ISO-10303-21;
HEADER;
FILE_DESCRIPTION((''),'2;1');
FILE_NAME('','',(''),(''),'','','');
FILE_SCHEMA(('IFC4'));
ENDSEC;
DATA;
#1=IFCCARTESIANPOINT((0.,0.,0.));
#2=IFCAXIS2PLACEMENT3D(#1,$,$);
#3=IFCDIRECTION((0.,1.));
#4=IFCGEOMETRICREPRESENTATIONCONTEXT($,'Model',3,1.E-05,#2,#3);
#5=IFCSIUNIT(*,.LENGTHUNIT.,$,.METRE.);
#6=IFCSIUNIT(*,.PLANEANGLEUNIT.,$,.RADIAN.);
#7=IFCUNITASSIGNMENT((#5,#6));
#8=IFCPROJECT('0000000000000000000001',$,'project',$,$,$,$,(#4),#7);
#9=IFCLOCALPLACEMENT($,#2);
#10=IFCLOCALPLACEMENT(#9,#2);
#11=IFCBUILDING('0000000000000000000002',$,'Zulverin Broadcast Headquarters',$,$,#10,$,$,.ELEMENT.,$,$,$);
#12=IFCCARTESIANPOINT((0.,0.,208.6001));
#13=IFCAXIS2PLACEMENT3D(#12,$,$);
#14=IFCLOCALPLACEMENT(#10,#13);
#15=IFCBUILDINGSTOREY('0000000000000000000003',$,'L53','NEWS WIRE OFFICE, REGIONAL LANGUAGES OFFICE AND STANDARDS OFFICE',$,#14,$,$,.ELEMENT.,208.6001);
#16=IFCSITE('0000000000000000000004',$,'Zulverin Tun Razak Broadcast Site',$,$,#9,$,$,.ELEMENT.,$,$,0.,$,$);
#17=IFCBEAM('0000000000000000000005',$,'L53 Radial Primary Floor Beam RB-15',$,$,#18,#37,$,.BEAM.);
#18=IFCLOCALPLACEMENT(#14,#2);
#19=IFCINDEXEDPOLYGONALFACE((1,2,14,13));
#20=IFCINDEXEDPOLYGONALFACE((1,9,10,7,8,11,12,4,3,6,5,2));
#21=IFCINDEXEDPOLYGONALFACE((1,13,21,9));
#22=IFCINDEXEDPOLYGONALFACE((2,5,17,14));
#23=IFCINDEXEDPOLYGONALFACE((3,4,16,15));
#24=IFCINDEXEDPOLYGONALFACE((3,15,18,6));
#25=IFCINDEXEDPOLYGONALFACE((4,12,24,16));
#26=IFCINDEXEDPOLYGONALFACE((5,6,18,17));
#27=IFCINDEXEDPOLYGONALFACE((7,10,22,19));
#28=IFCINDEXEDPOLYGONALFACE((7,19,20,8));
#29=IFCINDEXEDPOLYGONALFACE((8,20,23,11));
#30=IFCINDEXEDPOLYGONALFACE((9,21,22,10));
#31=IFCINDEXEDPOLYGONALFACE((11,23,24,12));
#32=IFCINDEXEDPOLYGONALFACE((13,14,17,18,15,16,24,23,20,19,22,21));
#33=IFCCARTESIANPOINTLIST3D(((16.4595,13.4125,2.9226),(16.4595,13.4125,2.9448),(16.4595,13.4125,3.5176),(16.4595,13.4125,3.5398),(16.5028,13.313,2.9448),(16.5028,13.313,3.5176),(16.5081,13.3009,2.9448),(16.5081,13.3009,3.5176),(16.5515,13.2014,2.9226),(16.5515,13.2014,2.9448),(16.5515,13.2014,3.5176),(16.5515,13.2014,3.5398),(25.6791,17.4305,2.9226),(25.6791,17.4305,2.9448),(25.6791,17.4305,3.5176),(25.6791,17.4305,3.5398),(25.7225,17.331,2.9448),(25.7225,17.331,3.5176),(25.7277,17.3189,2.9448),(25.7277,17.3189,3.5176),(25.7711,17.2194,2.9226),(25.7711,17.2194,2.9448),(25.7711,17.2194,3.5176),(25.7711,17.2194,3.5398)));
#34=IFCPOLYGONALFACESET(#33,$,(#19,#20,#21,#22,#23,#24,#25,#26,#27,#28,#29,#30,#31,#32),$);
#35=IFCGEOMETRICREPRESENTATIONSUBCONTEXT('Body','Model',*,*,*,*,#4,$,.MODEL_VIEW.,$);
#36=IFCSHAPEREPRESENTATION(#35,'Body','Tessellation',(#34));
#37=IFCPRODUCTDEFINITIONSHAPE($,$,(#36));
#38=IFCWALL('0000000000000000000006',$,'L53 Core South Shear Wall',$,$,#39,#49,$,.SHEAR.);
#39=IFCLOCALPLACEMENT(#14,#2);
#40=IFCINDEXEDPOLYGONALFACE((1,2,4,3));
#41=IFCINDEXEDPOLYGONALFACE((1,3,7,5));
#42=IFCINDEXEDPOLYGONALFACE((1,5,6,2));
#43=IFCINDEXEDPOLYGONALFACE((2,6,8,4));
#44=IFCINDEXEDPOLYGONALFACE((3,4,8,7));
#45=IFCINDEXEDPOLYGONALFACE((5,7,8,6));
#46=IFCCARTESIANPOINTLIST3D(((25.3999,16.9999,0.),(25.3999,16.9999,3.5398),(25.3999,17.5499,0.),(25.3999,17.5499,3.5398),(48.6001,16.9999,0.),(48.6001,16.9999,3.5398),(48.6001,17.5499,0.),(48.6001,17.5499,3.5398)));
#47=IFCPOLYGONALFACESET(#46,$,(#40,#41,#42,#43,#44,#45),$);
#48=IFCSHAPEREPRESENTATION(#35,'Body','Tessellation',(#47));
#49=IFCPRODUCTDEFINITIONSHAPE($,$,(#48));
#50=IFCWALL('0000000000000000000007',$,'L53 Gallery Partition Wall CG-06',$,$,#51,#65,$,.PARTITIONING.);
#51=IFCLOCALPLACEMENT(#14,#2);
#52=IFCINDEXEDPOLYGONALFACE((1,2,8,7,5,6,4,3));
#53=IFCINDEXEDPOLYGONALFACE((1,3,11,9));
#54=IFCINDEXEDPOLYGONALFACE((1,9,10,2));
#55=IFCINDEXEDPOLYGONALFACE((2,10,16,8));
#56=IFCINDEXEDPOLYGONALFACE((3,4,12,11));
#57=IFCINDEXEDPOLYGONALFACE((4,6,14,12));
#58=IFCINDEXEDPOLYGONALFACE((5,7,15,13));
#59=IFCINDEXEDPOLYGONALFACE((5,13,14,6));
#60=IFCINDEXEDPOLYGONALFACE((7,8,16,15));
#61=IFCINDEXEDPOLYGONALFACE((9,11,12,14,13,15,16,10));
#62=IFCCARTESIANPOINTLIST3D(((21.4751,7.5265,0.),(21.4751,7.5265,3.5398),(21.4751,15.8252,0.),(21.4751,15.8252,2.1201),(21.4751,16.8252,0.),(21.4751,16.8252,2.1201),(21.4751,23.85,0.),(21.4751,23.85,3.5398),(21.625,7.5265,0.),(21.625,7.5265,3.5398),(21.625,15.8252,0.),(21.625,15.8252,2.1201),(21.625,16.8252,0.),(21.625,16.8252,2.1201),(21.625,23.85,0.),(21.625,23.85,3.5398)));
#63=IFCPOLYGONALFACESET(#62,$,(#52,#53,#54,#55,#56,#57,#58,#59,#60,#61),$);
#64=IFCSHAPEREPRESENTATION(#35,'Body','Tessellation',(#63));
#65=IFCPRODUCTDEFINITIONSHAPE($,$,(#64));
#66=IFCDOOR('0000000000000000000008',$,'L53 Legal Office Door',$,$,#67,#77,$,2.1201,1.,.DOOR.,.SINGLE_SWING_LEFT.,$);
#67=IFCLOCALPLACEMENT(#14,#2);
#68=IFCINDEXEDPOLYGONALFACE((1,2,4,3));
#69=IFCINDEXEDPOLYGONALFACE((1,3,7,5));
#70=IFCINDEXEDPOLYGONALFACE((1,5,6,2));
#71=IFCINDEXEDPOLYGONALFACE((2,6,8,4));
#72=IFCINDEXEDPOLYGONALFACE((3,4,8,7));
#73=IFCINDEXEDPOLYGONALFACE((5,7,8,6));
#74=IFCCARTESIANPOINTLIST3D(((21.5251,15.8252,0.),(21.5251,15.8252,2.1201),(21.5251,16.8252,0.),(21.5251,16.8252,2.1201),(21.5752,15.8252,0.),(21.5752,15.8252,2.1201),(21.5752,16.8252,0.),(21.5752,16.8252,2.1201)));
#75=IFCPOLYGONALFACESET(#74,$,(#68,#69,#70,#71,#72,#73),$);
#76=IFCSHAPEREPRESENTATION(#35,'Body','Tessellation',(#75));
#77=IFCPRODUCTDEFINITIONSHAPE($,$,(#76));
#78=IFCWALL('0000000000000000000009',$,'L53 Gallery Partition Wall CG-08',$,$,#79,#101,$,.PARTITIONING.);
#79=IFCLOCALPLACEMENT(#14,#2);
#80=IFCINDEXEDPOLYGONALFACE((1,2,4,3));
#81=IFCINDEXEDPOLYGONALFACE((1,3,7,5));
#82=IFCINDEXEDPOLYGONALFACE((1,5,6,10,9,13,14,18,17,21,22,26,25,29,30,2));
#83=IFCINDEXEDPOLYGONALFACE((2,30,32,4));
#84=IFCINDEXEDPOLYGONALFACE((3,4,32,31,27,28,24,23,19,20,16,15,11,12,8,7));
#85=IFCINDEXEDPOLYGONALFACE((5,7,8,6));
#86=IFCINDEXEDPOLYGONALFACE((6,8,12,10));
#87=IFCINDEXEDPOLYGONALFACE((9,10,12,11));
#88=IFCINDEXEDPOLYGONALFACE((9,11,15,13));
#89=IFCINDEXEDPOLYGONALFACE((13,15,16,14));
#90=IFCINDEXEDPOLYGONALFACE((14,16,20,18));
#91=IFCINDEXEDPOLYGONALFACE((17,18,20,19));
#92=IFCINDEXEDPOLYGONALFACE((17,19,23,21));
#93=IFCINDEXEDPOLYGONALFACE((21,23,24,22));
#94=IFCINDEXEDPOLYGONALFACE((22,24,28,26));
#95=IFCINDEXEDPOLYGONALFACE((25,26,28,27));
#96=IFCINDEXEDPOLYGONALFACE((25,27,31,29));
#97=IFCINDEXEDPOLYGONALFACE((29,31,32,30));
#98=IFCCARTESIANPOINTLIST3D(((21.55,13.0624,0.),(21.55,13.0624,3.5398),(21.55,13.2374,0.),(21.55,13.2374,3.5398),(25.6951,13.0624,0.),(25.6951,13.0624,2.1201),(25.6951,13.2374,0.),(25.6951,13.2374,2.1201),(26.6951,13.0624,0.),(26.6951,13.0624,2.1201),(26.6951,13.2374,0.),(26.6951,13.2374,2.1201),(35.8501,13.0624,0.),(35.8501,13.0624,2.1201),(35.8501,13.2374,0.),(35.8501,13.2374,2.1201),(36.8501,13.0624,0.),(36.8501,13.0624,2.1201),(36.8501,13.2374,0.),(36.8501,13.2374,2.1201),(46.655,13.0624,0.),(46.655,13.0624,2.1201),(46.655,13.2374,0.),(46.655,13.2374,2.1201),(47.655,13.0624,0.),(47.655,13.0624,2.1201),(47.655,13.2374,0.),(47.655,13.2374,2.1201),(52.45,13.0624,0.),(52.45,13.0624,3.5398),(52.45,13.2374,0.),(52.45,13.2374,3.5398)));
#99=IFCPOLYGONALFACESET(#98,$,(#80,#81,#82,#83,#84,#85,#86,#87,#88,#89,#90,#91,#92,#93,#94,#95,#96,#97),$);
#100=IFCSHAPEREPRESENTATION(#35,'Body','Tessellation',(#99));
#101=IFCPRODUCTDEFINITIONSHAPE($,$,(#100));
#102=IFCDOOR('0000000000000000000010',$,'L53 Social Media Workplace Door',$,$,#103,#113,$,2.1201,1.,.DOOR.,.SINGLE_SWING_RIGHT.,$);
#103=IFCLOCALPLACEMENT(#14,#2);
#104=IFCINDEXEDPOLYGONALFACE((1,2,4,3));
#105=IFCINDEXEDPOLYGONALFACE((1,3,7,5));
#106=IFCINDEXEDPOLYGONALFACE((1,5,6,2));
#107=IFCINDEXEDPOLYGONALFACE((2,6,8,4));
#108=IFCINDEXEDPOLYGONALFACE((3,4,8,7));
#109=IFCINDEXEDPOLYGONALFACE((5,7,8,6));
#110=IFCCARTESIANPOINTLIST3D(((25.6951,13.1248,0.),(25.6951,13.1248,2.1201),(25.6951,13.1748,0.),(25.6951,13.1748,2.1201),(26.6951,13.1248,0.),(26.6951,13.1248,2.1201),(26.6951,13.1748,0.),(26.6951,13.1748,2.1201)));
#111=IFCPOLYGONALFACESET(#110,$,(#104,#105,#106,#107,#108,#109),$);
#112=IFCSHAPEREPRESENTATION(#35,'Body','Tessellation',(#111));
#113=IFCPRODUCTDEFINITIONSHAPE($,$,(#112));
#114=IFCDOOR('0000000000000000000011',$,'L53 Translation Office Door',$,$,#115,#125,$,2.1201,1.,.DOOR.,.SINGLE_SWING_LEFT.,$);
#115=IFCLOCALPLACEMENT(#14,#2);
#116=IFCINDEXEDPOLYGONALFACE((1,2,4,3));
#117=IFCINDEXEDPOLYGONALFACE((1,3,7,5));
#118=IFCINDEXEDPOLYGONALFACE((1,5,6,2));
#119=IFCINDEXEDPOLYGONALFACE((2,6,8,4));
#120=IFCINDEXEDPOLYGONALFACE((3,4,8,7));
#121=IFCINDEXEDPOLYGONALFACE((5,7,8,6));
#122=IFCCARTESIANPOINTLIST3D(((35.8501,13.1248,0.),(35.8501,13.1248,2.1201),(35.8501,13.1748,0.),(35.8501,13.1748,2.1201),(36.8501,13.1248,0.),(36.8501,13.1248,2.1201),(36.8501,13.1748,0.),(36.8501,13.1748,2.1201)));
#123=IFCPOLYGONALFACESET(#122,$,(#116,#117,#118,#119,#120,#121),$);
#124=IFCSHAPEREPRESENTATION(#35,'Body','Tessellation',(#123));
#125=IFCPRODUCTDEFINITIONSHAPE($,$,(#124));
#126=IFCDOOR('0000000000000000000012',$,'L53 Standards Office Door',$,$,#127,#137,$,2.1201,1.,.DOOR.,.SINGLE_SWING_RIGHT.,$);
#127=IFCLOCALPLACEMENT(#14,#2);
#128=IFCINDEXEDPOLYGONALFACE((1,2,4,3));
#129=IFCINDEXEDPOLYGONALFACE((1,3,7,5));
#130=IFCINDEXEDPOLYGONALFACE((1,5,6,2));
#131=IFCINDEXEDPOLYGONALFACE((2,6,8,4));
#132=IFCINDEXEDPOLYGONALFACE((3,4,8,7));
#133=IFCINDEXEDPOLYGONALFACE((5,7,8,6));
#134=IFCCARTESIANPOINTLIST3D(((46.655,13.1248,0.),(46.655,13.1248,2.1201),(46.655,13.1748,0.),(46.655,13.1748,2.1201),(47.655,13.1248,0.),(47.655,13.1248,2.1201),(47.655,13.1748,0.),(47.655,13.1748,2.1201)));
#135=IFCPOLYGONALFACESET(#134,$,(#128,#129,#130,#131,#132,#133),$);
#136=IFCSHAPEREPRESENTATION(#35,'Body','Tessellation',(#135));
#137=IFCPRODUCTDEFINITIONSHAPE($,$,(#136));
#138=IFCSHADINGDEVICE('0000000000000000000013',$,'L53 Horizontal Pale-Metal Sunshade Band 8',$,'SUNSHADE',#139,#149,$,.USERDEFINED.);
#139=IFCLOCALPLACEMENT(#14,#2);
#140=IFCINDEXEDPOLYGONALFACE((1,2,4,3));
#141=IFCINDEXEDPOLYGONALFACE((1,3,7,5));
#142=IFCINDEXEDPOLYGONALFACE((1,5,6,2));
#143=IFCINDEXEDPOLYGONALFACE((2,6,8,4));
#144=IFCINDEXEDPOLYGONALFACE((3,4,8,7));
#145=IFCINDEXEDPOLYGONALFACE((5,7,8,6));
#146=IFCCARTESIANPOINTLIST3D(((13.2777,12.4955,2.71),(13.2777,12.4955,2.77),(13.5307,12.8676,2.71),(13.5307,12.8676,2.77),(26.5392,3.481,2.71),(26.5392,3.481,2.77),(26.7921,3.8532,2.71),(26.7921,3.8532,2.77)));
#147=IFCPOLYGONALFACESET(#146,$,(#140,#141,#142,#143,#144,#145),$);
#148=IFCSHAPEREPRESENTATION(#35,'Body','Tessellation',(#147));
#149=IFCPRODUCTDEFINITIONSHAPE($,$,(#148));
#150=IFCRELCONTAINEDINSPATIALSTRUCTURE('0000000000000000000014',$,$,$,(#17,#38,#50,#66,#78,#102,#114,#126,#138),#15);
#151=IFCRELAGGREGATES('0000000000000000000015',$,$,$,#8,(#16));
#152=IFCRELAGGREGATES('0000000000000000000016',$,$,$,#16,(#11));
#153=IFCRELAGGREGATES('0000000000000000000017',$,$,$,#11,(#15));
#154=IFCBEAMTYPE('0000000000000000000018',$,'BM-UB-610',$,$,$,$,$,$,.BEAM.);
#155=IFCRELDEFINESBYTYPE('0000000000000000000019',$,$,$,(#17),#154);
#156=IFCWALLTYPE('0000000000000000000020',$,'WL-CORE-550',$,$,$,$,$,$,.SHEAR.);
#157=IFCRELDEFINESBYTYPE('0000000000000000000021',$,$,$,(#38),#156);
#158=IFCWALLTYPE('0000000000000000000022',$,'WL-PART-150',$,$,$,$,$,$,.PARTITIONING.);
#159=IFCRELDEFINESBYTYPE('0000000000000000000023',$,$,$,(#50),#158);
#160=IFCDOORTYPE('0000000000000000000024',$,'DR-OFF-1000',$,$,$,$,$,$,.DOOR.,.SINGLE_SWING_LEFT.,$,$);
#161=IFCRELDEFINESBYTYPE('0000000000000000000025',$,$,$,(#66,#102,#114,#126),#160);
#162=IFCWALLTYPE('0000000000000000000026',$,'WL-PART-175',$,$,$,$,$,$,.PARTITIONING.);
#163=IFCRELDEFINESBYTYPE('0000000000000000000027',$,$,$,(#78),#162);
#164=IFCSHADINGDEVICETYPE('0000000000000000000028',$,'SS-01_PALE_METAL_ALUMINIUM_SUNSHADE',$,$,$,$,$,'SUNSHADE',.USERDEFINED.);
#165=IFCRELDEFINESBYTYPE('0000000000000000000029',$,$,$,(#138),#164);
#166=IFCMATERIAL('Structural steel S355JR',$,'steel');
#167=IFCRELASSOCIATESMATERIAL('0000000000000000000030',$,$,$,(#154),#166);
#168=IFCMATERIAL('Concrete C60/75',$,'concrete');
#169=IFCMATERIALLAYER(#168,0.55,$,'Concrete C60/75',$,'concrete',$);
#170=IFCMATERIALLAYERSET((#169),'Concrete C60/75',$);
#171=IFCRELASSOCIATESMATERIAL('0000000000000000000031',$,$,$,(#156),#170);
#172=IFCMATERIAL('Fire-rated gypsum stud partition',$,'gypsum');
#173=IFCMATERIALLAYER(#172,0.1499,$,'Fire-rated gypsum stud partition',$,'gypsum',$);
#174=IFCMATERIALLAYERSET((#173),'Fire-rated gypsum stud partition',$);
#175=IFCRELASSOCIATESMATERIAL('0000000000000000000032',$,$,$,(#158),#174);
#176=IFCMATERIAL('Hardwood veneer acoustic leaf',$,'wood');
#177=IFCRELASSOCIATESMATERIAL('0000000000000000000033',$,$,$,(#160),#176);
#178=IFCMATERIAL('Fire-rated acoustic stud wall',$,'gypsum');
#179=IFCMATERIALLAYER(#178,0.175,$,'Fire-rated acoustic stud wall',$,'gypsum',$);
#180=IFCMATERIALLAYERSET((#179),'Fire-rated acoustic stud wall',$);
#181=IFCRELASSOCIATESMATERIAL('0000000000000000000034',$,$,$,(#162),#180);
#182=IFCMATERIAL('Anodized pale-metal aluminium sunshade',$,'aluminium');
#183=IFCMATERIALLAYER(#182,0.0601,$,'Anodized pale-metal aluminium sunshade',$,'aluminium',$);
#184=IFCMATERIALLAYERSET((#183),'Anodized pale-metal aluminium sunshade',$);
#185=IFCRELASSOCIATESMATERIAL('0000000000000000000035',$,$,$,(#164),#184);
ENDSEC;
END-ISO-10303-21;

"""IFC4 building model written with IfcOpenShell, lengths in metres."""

from ifc_helpers import new_model, si_unit, direction, frame, frame_2d, origin, origin_2d, place, context, subcontext, project, spatial, rectangle, i_section, extrude, material, layer, layer_set, material_profile, profile_set, type_object, element, fill, save


model = new_model("IFC4")

# Units and contexts
model_context = context("Model", 3, precision=1e-05, world=origin(), true_north=direction((0.0, 1.0)))
body_context = subcontext(model_context, "Body", "Model", "MODEL_VIEW")
ifc_project = project(units=[si_unit("LENGTHUNIT", "METRE"), si_unit("PLANEANGLEUNIT", "RADIAN")], contexts=[model_context])

# Site, building, storey
site_placement = place(None, origin())
site = spatial("IfcSite", under=ifc_project, at=site_placement, Name="Zulverin Tun Razak Broadcast Site", CompositionType="ELEMENT", RefElevation=0.0)
building_placement = place(site_placement, origin())
building = spatial("IfcBuilding", under=site, at=building_placement, Name="Zulverin Broadcast Headquarters", CompositionType="ELEMENT")
storey_placement = place(building_placement, frame((0.0, 0.0, 208.6001)))
storey = spatial("IfcBuildingStorey", under=building, at=storey_placement, Name="L53", Description="NEWS WIRE OFFICE, REGIONAL LANGUAGES OFFICE AND STANDARDS OFFICE", CompositionType="ELEMENT", Elevation=208.6001)

# Beam
ifc_material_1 = material(Name="Concrete C60/75", Category="concrete")
ifc_material_2 = material(Name="Structural steel S355JR", Category="steel")
ifc_material_profile_1 = material_profile(ifc_material_2, i_section(OverallWidth=0.2302, OverallDepth=0.6172, WebThickness=0.0132, FlangeThickness=0.0222, at=origin_2d()), Name="Structural steel S355JR", Category="steel")
ifc_profile_set_1 = profile_set([ifc_material_profile_1], Name="Structural steel S355JR")
beam_type_1 = type_object("IfcBeamType", Name="BM-UB-610", PredefinedType="BEAM", material=ifc_profile_set_1)
beam_1_placement = place(storey_placement, frame((25.7251, 17.325, 3.2312), z_axis=(-0.916725, -0.39952, 0.0), x_axis=(0.39952, -0.916725, 0.0)))
element("IfcBeam", 1, at=beam_1_placement, inside=storey, type_object=beam_type_1, Name="L53 Radial Primary Floor Beam RB-15", PredefinedType="BEAM", context=body_context, shape_type="SweptSolid", body=[
    extrude(i_section(OverallWidth=0.2302, OverallDepth=0.6172, WebThickness=0.0132, FlangeThickness=0.0222, at=origin_2d()), origin(), (0.0, 0.0, 1.0), 10.0571),
])

# Wall
ifc_layer_1 = layer(ifc_material_1, 0.55, Name="Concrete C60/75", Category="concrete")
ifc_layer_set_1 = layer_set([ifc_layer_1], Name="Concrete C60/75")
wall_type_1 = type_object("IfcWallType", Name="WL-CORE-550", PredefinedType="SHEAR", material=ifc_layer_set_1)
wall_1_placement = place(storey_placement, frame((25.3999, 17.2749, 0.0), z_axis=(0.0, 0.0, 1.0), x_axis=(1.0, 0.0, 0.0)))
element("IfcWall", 2, at=wall_1_placement, inside=storey, type_object=wall_type_1, Name="L53 Core South Shear Wall", PredefinedType="SHEAR", context=body_context, shape_type="SweptSolid", body=[
    extrude(rectangle(XDim=23.2002, YDim=0.55, at=frame_2d((11.6001, 0.0))), origin(), (0.0, 0.0, 1.0), 3.5398),
])

# Wall, opening, door
ifc_material_3 = material(Name="Fire-rated gypsum stud partition", Category="gypsum")
ifc_layer_2 = layer(ifc_material_3, 0.1499, Name="Fire-rated gypsum stud partition", Category="gypsum")
ifc_layer_set_2 = layer_set([ifc_layer_2], Name="Fire-rated gypsum stud partition")
wall_type_2 = type_object("IfcWallType", Name="WL-PART-150", PredefinedType="PARTITIONING", material=ifc_layer_set_2)
wall_2_placement = place(storey_placement, frame((21.55, 7.5266, 0.0), z_axis=(0.0, 0.0, 1.0), x_axis=(0.0, 1.0, 0.0)))
wall_2 = element("IfcWall", 3, at=wall_2_placement, inside=storey, type_object=wall_type_2, Name="L53 Gallery Partition Wall CG-06", PredefinedType="PARTITIONING", context=body_context, shape_type="SweptSolid", body=[
    extrude(rectangle(XDim=16.3235, YDim=0.1499, at=frame_2d((8.1616, 0.0))), origin(), (0.0, 0.0, 1.0), 3.5398),
])
opening_1_placement = place(wall_2_placement, frame((8.2986, 0.0, 0.0)))
opening_1 = element("IfcOpeningElement", 4, at=opening_1_placement, cuts=wall_2, PredefinedType="OPENING", context=body_context, shape_type="SweptSolid", body=[
    extrude(rectangle(XDim=1.0, YDim=2.1201, at=frame_2d((0.5, 1.0601))), frame((0.0, 0.085, 0.0), z_axis=(0.0, -1.0, 0.0), x_axis=(1.0, 0.0, 0.0)), (0.0, 0.0, 1.0), 0.1699),
])
ifc_material_4 = material(Name="Hardwood veneer acoustic leaf", Category="wood")
door_type_1 = type_object("IfcDoorType", Name="DR-OFF-1000", OperationType="SINGLE_SWING_LEFT", PredefinedType="DOOR", material=ifc_material_4)
door_1_placement = place(opening_1_placement, origin())
door_1 = element("IfcDoor", 5, at=door_1_placement, inside=storey, type_object=door_type_1, Name="L53 Legal Office Door", OperationType="SINGLE_SWING_LEFT", OverallHeight=2.1201, OverallWidth=1.0, PredefinedType="DOOR", context=body_context, shape_type="SweptSolid", body=[
    extrude(rectangle(XDim=1.0, YDim=2.1201, at=frame_2d((0.5, 1.0601))), frame((0.0, 0.0249, 0.0), z_axis=(0.0, -1.0, 0.0), x_axis=(1.0, 0.0, 0.0)), (0.0, 0.0, 1.0), 0.05),
])
fill(opening_1, door_1)

# Wall, openings, doors
ifc_material_5 = material(Name="Fire-rated acoustic stud wall", Category="gypsum")
ifc_layer_3 = layer(ifc_material_5, 0.175, Name="Fire-rated acoustic stud wall", Category="gypsum")
ifc_layer_set_3 = layer_set([ifc_layer_3], Name="Fire-rated acoustic stud wall")
wall_type_3 = type_object("IfcWallType", Name="WL-PART-175", PredefinedType="PARTITIONING", material=ifc_layer_set_3)
wall_3_placement = place(storey_placement, frame((21.55, 13.1499, 0.0), z_axis=(0.0, 0.0, 1.0), x_axis=(1.0, 0.0, 0.0)))
wall_3 = element("IfcWall", 6, at=wall_3_placement, inside=storey, type_object=wall_type_3, Name="L53 Gallery Partition Wall CG-08", PredefinedType="PARTITIONING", context=body_context, shape_type="SweptSolid", body=[
    extrude(rectangle(XDim=30.8999, YDim=0.175, at=frame_2d((15.45, 0.0))), origin(), (0.0, 0.0, 1.0), 3.5398),
])
opening_2_placement = place(wall_3_placement, frame((4.145, 0.0, 0.0)))
opening_2 = element("IfcOpeningElement", 7, at=opening_2_placement, cuts=wall_3, PredefinedType="OPENING", context=body_context, shape_type="SweptSolid", body=[
    extrude(rectangle(XDim=1.0, YDim=2.1201, at=frame_2d((0.5, 1.0601))), frame((0.0, 0.0974, 0.0), z_axis=(0.0, -1.0, 0.0), x_axis=(1.0, 0.0, 0.0)), (0.0, 0.0, 1.0), 0.1951),
])
opening_3_placement = place(wall_3_placement, frame((14.3, 0.0, 0.0)))
opening_3 = element("IfcOpeningElement", 8, at=opening_3_placement, cuts=wall_3, PredefinedType="OPENING", context=body_context, shape_type="SweptSolid", body=[
    extrude(rectangle(XDim=1.0, YDim=2.1201, at=frame_2d((0.5, 1.0601))), frame((0.0, 0.0974, 0.0), z_axis=(0.0, -1.0, 0.0), x_axis=(1.0, 0.0, 0.0)), (0.0, 0.0, 1.0), 0.1951),
])
opening_4_placement = place(wall_3_placement, frame((25.105, 0.0, 0.0)))
opening_4 = element("IfcOpeningElement", 9, at=opening_4_placement, cuts=wall_3, PredefinedType="OPENING", context=body_context, shape_type="SweptSolid", body=[
    extrude(rectangle(XDim=1.0, YDim=2.1201, at=frame_2d((0.5, 1.0601))), frame((0.0, 0.0974, 0.0), z_axis=(0.0, -1.0, 0.0), x_axis=(1.0, 0.0, 0.0)), (0.0, 0.0, 1.0), 0.1951),
])
door_2_placement = place(opening_2_placement, origin())
door_2 = element("IfcDoor", 10, at=door_2_placement, inside=storey, type_object=door_type_1, Name="L53 Social Media Workplace Door", OperationType="SINGLE_SWING_RIGHT", OverallHeight=2.1201, OverallWidth=1.0, PredefinedType="DOOR", context=body_context, shape_type="SweptSolid", body=[
    extrude(rectangle(XDim=1.0, YDim=2.1201, at=frame_2d((0.5, 1.0601))), frame((0.0, 0.0249, 0.0), z_axis=(0.0, -1.0, 0.0), x_axis=(1.0, 0.0, 0.0)), (0.0, 0.0, 1.0), 0.05),
])
fill(opening_2, door_2)
door_3_placement = place(opening_3_placement, origin())
door_3 = element("IfcDoor", 11, at=door_3_placement, inside=storey, type_object=door_type_1, Name="L53 Translation Office Door", OperationType="SINGLE_SWING_LEFT", OverallHeight=2.1201, OverallWidth=1.0, PredefinedType="DOOR", context=body_context, shape_type="SweptSolid", body=[
    extrude(rectangle(XDim=1.0, YDim=2.1201, at=frame_2d((0.5, 1.0601))), frame((0.0, 0.0249, 0.0), z_axis=(0.0, -1.0, 0.0), x_axis=(1.0, 0.0, 0.0)), (0.0, 0.0, 1.0), 0.05),
])
fill(opening_3, door_3)
door_4_placement = place(opening_4_placement, origin())
door_4 = element("IfcDoor", 12, at=door_4_placement, inside=storey, type_object=door_type_1, Name="L53 Standards Office Door", OperationType="SINGLE_SWING_RIGHT", OverallHeight=2.1201, OverallWidth=1.0, PredefinedType="DOOR", context=body_context, shape_type="SweptSolid", body=[
    extrude(rectangle(XDim=1.0, YDim=2.1201, at=frame_2d((0.5, 1.0601))), frame((0.0, 0.0249, 0.0), z_axis=(0.0, -1.0, 0.0), x_axis=(1.0, 0.0, 0.0)), (0.0, 0.0, 1.0), 0.05),
])
fill(opening_4, door_4)

# Shading device
ifc_material_6 = material(Name="Anodized pale-metal aluminium sunshade", Category="aluminium")
ifc_layer_4 = layer(ifc_material_6, 0.0601, Name="Anodized pale-metal aluminium sunshade", Category="aluminium")
ifc_layer_set_4 = layer_set([ifc_layer_4], Name="Anodized pale-metal aluminium sunshade")
shading_device_type = type_object("IfcShadingDeviceType", Name="SS-01_PALE_METAL_ALUMINIUM_SUNSHADE", ElementType="SUNSHADE", PredefinedType="USERDEFINED", material=ifc_layer_set_4)
shading_device_placement = place(storey_placement, frame((20.0349, 8.1743, 2.71), z_axis=(0.0, 0.0, 1.0), x_axis=(0.827025, -0.562166, 0.0)))
element("IfcShadingDevice", 13, at=shading_device_placement, inside=storey, type_object=shading_device_type, Name="L53 Horizontal Pale-Metal Sunshade Band 8", ObjectType="SUNSHADE", PredefinedType="USERDEFINED", context=body_context, shape_type="SweptSolid", body=[
    extrude(rectangle(XDim=16.0352, YDim=0.45, at=origin_2d()), origin(), (0.0, 0.0, 1.0), 0.0601),
])

save(model, "model.ifc")
